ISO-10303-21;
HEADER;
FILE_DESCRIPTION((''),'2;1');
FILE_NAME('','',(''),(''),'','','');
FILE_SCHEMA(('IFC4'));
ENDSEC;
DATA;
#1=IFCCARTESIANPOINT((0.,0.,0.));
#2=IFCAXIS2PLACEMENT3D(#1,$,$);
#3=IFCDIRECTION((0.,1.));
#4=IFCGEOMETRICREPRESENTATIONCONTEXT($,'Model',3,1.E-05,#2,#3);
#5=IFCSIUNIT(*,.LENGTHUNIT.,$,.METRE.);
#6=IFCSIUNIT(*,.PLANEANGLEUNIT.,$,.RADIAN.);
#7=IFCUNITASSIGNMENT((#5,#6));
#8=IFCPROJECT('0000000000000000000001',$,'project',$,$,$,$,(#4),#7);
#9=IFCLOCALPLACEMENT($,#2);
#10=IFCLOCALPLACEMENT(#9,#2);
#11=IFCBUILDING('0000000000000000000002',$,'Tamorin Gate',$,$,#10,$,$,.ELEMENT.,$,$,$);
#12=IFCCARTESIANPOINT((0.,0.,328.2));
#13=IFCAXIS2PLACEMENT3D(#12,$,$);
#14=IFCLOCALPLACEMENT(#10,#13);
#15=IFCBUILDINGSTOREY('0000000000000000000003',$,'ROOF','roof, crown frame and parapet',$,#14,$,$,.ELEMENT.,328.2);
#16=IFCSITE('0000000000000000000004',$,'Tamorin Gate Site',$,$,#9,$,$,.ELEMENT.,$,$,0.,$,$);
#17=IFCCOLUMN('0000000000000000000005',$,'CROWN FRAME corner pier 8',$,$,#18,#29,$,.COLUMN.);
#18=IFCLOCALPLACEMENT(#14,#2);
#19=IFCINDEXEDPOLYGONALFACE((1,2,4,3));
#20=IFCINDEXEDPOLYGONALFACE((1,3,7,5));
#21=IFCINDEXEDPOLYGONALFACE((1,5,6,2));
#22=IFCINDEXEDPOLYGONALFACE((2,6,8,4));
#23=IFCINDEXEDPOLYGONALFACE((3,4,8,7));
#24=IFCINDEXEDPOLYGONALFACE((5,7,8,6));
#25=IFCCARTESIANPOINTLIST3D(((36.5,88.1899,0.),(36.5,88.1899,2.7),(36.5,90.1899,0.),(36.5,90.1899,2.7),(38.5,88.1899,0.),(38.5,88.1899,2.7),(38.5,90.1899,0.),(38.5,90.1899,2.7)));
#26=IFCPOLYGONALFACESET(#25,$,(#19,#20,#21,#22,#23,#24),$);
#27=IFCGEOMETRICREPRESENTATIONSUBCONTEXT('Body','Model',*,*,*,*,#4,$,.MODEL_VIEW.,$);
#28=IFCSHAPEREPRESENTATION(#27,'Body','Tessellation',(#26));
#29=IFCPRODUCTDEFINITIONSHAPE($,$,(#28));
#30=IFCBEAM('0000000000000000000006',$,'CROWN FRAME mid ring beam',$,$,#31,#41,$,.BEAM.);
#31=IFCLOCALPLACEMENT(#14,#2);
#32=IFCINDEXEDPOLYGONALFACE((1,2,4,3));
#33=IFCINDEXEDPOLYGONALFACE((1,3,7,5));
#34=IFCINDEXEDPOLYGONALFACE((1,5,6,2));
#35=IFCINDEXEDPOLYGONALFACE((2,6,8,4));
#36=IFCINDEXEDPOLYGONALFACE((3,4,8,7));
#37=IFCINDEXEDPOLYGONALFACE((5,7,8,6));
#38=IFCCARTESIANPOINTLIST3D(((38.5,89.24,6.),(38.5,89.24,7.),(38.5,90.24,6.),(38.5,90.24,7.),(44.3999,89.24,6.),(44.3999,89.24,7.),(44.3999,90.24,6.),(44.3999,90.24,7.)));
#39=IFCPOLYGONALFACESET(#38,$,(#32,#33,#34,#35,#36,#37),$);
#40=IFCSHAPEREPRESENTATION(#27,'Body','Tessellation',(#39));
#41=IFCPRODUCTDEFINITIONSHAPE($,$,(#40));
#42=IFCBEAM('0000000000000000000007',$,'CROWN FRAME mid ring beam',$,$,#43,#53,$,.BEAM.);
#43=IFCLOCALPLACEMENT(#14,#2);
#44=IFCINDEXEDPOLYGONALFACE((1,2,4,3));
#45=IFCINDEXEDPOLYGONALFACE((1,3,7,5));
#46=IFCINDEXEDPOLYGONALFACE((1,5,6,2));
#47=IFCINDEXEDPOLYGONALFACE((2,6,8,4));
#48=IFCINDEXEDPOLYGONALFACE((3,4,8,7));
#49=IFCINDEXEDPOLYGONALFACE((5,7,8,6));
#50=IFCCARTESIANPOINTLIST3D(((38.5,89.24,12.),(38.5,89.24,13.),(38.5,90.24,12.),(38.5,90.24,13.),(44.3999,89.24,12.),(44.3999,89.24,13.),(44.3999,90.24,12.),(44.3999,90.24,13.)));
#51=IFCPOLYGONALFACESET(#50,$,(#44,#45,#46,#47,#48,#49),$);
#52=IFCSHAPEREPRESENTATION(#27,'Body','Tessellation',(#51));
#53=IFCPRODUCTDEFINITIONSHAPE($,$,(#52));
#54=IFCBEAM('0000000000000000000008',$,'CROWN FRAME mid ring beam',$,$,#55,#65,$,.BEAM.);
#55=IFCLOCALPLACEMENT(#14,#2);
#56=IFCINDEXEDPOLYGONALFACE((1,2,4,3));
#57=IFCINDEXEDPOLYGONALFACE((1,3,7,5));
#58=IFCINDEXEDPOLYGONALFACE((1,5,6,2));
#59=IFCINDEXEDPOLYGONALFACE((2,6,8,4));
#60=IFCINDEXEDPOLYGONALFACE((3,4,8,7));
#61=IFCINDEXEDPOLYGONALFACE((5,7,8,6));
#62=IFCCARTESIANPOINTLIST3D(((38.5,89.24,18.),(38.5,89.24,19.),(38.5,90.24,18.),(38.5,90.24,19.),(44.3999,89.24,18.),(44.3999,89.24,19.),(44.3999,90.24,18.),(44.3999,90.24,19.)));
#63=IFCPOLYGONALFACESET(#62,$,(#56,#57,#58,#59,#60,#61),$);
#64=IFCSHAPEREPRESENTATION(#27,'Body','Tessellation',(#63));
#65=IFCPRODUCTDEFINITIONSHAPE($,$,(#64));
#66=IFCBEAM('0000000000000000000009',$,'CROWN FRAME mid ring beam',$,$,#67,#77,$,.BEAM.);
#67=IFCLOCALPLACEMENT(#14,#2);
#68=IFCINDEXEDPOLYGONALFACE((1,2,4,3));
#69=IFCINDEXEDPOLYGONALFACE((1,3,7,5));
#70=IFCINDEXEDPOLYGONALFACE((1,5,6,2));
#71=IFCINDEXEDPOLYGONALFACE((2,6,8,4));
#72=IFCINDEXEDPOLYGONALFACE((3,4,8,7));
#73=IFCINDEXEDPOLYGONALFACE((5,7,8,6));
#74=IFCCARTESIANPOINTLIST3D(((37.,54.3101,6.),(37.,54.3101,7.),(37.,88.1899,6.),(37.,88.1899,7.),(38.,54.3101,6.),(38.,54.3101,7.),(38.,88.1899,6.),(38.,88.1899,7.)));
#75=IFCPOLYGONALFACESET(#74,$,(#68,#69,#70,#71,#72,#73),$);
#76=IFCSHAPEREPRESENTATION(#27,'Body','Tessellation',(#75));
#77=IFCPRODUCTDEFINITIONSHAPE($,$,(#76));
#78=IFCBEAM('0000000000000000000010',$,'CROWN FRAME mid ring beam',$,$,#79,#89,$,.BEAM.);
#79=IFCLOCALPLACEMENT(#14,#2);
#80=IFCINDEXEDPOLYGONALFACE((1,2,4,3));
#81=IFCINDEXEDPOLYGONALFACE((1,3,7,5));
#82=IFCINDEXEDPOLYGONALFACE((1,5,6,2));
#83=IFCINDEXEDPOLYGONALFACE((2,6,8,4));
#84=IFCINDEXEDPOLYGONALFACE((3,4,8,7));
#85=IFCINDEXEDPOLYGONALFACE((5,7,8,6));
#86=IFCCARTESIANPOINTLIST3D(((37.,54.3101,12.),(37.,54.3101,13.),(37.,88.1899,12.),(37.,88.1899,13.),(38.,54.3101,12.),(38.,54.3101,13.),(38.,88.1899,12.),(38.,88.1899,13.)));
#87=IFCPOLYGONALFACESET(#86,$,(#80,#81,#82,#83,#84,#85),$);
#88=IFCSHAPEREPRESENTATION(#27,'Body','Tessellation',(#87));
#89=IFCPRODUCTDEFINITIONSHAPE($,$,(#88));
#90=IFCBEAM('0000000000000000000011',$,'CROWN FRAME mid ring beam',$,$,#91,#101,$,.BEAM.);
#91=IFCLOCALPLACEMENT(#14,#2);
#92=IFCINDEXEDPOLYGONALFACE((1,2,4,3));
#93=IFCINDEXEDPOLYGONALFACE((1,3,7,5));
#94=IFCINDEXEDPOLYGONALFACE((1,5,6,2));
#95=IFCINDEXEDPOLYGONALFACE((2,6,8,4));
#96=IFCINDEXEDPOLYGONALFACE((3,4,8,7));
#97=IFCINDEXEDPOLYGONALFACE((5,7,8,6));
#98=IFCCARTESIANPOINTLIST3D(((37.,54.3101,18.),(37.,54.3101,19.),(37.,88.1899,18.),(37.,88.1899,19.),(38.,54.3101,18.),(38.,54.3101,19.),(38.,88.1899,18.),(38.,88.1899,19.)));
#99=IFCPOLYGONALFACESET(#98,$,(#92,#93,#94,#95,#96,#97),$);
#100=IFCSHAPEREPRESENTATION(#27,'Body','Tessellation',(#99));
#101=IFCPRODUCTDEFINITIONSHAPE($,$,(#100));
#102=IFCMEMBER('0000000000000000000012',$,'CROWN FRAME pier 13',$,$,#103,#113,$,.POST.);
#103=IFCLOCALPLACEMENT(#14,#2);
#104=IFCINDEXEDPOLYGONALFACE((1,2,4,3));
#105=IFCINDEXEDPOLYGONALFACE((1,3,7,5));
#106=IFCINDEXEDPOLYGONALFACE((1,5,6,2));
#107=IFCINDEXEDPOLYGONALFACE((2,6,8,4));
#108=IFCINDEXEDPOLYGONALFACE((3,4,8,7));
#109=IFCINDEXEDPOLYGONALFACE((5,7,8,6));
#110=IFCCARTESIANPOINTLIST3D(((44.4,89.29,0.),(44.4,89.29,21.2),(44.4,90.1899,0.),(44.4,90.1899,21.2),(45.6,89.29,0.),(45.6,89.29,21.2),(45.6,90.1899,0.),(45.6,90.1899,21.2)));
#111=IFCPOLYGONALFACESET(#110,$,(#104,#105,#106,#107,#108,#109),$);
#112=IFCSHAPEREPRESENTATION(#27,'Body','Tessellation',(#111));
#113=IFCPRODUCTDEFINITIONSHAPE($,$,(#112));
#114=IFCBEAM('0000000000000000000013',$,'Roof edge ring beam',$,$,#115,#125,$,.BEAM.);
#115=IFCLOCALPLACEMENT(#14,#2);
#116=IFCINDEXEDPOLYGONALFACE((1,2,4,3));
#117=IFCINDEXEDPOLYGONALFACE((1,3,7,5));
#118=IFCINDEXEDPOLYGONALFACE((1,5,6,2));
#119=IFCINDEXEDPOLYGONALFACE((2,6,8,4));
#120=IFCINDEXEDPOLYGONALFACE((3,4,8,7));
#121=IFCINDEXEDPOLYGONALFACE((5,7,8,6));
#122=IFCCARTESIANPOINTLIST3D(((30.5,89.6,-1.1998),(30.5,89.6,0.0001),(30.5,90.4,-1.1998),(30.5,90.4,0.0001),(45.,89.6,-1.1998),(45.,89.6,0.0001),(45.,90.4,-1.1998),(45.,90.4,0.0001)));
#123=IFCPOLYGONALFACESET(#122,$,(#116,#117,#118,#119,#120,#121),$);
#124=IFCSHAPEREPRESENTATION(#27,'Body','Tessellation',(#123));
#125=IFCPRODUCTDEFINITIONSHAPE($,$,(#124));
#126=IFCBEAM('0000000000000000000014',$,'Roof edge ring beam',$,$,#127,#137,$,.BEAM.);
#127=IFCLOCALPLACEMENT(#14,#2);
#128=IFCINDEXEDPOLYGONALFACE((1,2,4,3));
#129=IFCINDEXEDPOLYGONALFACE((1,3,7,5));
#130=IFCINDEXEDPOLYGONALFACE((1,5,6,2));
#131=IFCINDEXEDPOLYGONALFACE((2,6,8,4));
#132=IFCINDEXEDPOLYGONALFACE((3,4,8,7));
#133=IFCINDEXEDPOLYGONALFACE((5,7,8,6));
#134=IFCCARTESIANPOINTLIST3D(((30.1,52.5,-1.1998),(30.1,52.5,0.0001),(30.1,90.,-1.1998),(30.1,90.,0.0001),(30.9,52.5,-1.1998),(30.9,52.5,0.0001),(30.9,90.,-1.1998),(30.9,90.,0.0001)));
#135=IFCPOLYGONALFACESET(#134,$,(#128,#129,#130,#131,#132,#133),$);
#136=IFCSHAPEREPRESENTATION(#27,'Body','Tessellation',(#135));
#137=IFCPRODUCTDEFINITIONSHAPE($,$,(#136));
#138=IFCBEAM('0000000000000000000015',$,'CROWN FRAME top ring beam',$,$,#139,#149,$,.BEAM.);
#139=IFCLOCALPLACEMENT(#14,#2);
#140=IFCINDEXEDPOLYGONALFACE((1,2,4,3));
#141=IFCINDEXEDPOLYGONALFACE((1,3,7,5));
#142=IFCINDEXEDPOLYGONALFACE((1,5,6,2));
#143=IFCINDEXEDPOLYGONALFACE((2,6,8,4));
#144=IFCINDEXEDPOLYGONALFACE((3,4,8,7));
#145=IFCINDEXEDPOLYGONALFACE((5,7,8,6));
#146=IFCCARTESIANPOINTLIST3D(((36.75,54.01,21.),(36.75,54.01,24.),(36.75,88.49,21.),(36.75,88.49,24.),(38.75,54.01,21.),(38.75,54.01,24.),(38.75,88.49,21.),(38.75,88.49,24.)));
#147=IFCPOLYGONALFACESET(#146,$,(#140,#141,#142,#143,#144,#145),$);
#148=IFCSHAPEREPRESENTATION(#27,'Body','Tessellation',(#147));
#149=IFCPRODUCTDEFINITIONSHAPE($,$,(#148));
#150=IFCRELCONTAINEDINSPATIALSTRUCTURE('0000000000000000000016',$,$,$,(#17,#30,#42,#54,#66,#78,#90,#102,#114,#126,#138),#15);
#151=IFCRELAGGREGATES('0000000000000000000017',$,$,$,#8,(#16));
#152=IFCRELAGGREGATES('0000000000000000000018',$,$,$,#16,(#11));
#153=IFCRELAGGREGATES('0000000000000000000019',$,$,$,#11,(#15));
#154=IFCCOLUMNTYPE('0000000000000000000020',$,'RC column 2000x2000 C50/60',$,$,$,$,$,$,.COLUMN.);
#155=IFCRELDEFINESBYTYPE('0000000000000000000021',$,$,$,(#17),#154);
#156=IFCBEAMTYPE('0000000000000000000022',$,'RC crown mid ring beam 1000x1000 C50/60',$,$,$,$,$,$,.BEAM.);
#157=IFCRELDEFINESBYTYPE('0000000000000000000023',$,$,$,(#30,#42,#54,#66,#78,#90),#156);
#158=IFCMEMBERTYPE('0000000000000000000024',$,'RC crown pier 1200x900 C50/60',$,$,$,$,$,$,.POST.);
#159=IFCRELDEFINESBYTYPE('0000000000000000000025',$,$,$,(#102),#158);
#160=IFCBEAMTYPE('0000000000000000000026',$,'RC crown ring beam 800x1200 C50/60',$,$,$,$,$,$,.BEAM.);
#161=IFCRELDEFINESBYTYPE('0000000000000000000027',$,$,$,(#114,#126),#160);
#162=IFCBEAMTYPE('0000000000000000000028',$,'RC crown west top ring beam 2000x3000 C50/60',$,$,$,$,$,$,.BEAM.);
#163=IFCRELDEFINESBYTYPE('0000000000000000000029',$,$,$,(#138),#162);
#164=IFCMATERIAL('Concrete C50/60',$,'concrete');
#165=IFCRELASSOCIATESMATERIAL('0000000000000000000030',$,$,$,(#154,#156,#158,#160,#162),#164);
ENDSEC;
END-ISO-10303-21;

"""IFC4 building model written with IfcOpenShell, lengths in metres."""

from ifc_helpers import new_model, si_unit, direction, frame, origin, origin_2d, place, context, subcontext, project, spatial, rectangle, extrude, material, material_profile, profile_set, type_object, element, save


model = new_model("IFC4")

# Units and contexts
model_context = context("Model", 3, precision=1e-05, world=origin(), true_north=direction((0.0, 1.0)))
body_context = subcontext(model_context, "Body", "Model", "MODEL_VIEW")
ifc_project = project(units=[si_unit("LENGTHUNIT", "METRE"), si_unit("PLANEANGLEUNIT", "RADIAN")], contexts=[model_context])

# Site, building, storey
site_placement = place(None, origin())
site = spatial("IfcSite", under=ifc_project, at=site_placement, Name="Tamorin Gate Site", CompositionType="ELEMENT", RefElevation=0.0)
building_placement = place(site_placement, origin())
building = spatial("IfcBuilding", under=site, at=building_placement, Name="Tamorin Gate", CompositionType="ELEMENT")
storey_placement = place(building_placement, frame((0.0, 0.0, 328.2)))
storey = spatial("IfcBuildingStorey", under=building, at=storey_placement, Name="ROOF", Description="roof, crown frame and parapet", CompositionType="ELEMENT", Elevation=328.2)

# Column
ifc_material_1 = material(Name="Concrete C50/60", Category="concrete")
ifc_material_profile_1 = material_profile(ifc_material_1, rectangle(XDim=2.0, YDim=2.0, at=origin_2d()), Name="RC 2000x2000")
ifc_profile_set_1 = profile_set([ifc_material_profile_1], Name="Concrete C50/60")
column_type = type_object("IfcColumnType", Name="RC column 2000x2000 C50/60", PredefinedType="COLUMN", material=ifc_profile_set_1)
column_placement = place(storey_placement, frame((37.5, 89.1899, 0.0), z_axis=(0.0, 0.0, 1.0), x_axis=(1.0, 0.0, 0.0)))
element("IfcColumn", 1, at=column_placement, inside=storey, type_object=column_type, Name="CROWN FRAME corner pier 8", PredefinedType="COLUMN", context=body_context, shape_type="SweptSolid", body=[
    extrude(rectangle(XDim=2.0, YDim=2.0, at=origin_2d()), origin(), (0.0, 0.0, 1.0), 2.7),
])

# Beams
ifc_material_profile_2 = material_profile(ifc_material_1, rectangle(XDim=1.0, YDim=1.0, at=origin_2d()), Name="RC 1000x1000")
ifc_profile_set_2 = profile_set([ifc_material_profile_2], Name="Concrete C50/60")
beam_type_1 = type_object("IfcBeamType", Name="RC crown mid ring beam 1000x1000 C50/60", PredefinedType="BEAM", material=ifc_profile_set_2)
for number, where, z_axis, x_axis, name in (
    (2, (44.3999, 89.74, 6.5), (-1.0, 0.0, 0.0), (0.0, -1.0, 0.0), "CROWN FRAME mid ring beam"),
    (3, (44.3999, 89.74, 12.5), (-1.0, 0.0, 0.0), (0.0, -1.0, 0.0), "CROWN FRAME mid ring beam"),
    (4, (44.3999, 89.74, 18.5), (-1.0, 0.0, 0.0), (0.0, -1.0, 0.0), "CROWN FRAME mid ring beam"),
):
    element("IfcBeam", number, at=place(storey_placement, frame(where, z_axis=z_axis, x_axis=x_axis)), inside=storey, type_object=beam_type_1, Name=name, PredefinedType="BEAM", context=body_context, shape_type="SweptSolid", body=[
        extrude(rectangle(XDim=1.0, YDim=1.0, at=origin_2d()), origin(), (0.0, 0.0, 1.0), 5.8999),
    ])
for number, where, z_axis, x_axis, name in (
    (5, (37.5, 88.1899, 6.5), (0.0, -1.0, 0.0), (1.0, 0.0, 0.0), "CROWN FRAME mid ring beam"),
    (6, (37.5, 88.1899, 12.5), (0.0, -1.0, 0.0), (1.0, 0.0, 0.0), "CROWN FRAME mid ring beam"),
    (7, (37.5, 88.1899, 18.5), (0.0, -1.0, 0.0), (1.0, 0.0, 0.0), "CROWN FRAME mid ring beam"),
):
    element("IfcBeam", number, at=place(storey_placement, frame(where, z_axis=z_axis, x_axis=x_axis)), inside=storey, type_object=beam_type_1, Name=name, PredefinedType="BEAM", context=body_context, shape_type="SweptSolid", body=[
        extrude(rectangle(XDim=1.0, YDim=1.0, at=origin_2d()), origin(), (0.0, 0.0, 1.0), 33.8799),
    ])

# Member
ifc_material_profile_3 = material_profile(ifc_material_1, rectangle(XDim=1.2, YDim=0.8999, at=origin_2d()), Name="RC 1200x900")
ifc_profile_set_3 = profile_set([ifc_material_profile_3], Name="Concrete C50/60")
member_type_1 = type_object("IfcMemberType", Name="RC crown pier 1200x900 C50/60", PredefinedType="POST", material=ifc_profile_set_3)
member_1_placement = place(storey_placement, frame((45.0, 89.74, 0.0), z_axis=(0.0, 0.0, 1.0), x_axis=(1.0, 0.0, 0.0)))
element("IfcMember", 8, at=member_1_placement, inside=storey, type_object=member_type_1, Name="CROWN FRAME pier 13", PredefinedType="POST", context=body_context, shape_type="SweptSolid", body=[
    extrude(rectangle(XDim=1.2, YDim=0.8999, at=origin_2d()), origin(), (0.0, 0.0, 1.0), 21.2),
])

# Beams
ifc_material_profile_4 = material_profile(ifc_material_1, rectangle(XDim=0.8, YDim=1.2, at=origin_2d()), Name="RC 800x1200")
ifc_profile_set_4 = profile_set([ifc_material_profile_4], Name="Concrete C50/60")
beam_type_2 = type_object("IfcBeamType", Name="RC crown ring beam 800x1200 C50/60", PredefinedType="BEAM", material=ifc_profile_set_4)
beam_1_placement = place(storey_placement, frame((45.0, 90.0, -0.5999), z_axis=(-1.0, 0.0, 0.0), x_axis=(0.0, -1.0, 0.0)))
element("IfcBeam", 9, at=beam_1_placement, inside=storey, type_object=beam_type_2, Name="Roof edge ring beam", PredefinedType="BEAM", context=body_context, shape_type="SweptSolid", body=[
    extrude(rectangle(XDim=0.8, YDim=1.2, at=origin_2d()), origin(), (0.0, 0.0, 1.0), 14.5),
])
beam_2_placement = place(storey_placement, frame((30.5, 90.0, -0.5999), z_axis=(0.0, -1.0, 0.0), x_axis=(1.0, 0.0, 0.0)))
element("IfcBeam", 10, at=beam_2_placement, inside=storey, type_object=beam_type_2, Name="Roof edge ring beam", PredefinedType="BEAM", context=body_context, shape_type="SweptSolid", body=[
    extrude(rectangle(XDim=0.8, YDim=1.2, at=origin_2d()), origin(), (0.0, 0.0, 1.0), 37.5),
])
ifc_material_profile_5 = material_profile(ifc_material_1, rectangle(XDim=2.0, YDim=3.0, at=origin_2d()), Name="RC 2000x3000")
ifc_profile_set_5 = profile_set([ifc_material_profile_5], Name="Concrete C50/60")
beam_type_3 = type_object("IfcBeamType", Name="RC crown west top ring beam 2000x3000 C50/60", PredefinedType="BEAM", material=ifc_profile_set_5)
beam_3_placement = place(storey_placement, frame((37.75, 88.49, 22.5), z_axis=(0.0, -1.0, 0.0), x_axis=(1.0, 0.0, 0.0)))
element("IfcBeam", 11, at=beam_3_placement, inside=storey, type_object=beam_type_3, Name="CROWN FRAME top ring beam", PredefinedType="BEAM", context=body_context, shape_type="SweptSolid", body=[
    extrude(rectangle(XDim=2.0, YDim=3.0, at=origin_2d()), origin(), (0.0, 0.0, 1.0), 34.48),
])

save(model, "model.ifc")
